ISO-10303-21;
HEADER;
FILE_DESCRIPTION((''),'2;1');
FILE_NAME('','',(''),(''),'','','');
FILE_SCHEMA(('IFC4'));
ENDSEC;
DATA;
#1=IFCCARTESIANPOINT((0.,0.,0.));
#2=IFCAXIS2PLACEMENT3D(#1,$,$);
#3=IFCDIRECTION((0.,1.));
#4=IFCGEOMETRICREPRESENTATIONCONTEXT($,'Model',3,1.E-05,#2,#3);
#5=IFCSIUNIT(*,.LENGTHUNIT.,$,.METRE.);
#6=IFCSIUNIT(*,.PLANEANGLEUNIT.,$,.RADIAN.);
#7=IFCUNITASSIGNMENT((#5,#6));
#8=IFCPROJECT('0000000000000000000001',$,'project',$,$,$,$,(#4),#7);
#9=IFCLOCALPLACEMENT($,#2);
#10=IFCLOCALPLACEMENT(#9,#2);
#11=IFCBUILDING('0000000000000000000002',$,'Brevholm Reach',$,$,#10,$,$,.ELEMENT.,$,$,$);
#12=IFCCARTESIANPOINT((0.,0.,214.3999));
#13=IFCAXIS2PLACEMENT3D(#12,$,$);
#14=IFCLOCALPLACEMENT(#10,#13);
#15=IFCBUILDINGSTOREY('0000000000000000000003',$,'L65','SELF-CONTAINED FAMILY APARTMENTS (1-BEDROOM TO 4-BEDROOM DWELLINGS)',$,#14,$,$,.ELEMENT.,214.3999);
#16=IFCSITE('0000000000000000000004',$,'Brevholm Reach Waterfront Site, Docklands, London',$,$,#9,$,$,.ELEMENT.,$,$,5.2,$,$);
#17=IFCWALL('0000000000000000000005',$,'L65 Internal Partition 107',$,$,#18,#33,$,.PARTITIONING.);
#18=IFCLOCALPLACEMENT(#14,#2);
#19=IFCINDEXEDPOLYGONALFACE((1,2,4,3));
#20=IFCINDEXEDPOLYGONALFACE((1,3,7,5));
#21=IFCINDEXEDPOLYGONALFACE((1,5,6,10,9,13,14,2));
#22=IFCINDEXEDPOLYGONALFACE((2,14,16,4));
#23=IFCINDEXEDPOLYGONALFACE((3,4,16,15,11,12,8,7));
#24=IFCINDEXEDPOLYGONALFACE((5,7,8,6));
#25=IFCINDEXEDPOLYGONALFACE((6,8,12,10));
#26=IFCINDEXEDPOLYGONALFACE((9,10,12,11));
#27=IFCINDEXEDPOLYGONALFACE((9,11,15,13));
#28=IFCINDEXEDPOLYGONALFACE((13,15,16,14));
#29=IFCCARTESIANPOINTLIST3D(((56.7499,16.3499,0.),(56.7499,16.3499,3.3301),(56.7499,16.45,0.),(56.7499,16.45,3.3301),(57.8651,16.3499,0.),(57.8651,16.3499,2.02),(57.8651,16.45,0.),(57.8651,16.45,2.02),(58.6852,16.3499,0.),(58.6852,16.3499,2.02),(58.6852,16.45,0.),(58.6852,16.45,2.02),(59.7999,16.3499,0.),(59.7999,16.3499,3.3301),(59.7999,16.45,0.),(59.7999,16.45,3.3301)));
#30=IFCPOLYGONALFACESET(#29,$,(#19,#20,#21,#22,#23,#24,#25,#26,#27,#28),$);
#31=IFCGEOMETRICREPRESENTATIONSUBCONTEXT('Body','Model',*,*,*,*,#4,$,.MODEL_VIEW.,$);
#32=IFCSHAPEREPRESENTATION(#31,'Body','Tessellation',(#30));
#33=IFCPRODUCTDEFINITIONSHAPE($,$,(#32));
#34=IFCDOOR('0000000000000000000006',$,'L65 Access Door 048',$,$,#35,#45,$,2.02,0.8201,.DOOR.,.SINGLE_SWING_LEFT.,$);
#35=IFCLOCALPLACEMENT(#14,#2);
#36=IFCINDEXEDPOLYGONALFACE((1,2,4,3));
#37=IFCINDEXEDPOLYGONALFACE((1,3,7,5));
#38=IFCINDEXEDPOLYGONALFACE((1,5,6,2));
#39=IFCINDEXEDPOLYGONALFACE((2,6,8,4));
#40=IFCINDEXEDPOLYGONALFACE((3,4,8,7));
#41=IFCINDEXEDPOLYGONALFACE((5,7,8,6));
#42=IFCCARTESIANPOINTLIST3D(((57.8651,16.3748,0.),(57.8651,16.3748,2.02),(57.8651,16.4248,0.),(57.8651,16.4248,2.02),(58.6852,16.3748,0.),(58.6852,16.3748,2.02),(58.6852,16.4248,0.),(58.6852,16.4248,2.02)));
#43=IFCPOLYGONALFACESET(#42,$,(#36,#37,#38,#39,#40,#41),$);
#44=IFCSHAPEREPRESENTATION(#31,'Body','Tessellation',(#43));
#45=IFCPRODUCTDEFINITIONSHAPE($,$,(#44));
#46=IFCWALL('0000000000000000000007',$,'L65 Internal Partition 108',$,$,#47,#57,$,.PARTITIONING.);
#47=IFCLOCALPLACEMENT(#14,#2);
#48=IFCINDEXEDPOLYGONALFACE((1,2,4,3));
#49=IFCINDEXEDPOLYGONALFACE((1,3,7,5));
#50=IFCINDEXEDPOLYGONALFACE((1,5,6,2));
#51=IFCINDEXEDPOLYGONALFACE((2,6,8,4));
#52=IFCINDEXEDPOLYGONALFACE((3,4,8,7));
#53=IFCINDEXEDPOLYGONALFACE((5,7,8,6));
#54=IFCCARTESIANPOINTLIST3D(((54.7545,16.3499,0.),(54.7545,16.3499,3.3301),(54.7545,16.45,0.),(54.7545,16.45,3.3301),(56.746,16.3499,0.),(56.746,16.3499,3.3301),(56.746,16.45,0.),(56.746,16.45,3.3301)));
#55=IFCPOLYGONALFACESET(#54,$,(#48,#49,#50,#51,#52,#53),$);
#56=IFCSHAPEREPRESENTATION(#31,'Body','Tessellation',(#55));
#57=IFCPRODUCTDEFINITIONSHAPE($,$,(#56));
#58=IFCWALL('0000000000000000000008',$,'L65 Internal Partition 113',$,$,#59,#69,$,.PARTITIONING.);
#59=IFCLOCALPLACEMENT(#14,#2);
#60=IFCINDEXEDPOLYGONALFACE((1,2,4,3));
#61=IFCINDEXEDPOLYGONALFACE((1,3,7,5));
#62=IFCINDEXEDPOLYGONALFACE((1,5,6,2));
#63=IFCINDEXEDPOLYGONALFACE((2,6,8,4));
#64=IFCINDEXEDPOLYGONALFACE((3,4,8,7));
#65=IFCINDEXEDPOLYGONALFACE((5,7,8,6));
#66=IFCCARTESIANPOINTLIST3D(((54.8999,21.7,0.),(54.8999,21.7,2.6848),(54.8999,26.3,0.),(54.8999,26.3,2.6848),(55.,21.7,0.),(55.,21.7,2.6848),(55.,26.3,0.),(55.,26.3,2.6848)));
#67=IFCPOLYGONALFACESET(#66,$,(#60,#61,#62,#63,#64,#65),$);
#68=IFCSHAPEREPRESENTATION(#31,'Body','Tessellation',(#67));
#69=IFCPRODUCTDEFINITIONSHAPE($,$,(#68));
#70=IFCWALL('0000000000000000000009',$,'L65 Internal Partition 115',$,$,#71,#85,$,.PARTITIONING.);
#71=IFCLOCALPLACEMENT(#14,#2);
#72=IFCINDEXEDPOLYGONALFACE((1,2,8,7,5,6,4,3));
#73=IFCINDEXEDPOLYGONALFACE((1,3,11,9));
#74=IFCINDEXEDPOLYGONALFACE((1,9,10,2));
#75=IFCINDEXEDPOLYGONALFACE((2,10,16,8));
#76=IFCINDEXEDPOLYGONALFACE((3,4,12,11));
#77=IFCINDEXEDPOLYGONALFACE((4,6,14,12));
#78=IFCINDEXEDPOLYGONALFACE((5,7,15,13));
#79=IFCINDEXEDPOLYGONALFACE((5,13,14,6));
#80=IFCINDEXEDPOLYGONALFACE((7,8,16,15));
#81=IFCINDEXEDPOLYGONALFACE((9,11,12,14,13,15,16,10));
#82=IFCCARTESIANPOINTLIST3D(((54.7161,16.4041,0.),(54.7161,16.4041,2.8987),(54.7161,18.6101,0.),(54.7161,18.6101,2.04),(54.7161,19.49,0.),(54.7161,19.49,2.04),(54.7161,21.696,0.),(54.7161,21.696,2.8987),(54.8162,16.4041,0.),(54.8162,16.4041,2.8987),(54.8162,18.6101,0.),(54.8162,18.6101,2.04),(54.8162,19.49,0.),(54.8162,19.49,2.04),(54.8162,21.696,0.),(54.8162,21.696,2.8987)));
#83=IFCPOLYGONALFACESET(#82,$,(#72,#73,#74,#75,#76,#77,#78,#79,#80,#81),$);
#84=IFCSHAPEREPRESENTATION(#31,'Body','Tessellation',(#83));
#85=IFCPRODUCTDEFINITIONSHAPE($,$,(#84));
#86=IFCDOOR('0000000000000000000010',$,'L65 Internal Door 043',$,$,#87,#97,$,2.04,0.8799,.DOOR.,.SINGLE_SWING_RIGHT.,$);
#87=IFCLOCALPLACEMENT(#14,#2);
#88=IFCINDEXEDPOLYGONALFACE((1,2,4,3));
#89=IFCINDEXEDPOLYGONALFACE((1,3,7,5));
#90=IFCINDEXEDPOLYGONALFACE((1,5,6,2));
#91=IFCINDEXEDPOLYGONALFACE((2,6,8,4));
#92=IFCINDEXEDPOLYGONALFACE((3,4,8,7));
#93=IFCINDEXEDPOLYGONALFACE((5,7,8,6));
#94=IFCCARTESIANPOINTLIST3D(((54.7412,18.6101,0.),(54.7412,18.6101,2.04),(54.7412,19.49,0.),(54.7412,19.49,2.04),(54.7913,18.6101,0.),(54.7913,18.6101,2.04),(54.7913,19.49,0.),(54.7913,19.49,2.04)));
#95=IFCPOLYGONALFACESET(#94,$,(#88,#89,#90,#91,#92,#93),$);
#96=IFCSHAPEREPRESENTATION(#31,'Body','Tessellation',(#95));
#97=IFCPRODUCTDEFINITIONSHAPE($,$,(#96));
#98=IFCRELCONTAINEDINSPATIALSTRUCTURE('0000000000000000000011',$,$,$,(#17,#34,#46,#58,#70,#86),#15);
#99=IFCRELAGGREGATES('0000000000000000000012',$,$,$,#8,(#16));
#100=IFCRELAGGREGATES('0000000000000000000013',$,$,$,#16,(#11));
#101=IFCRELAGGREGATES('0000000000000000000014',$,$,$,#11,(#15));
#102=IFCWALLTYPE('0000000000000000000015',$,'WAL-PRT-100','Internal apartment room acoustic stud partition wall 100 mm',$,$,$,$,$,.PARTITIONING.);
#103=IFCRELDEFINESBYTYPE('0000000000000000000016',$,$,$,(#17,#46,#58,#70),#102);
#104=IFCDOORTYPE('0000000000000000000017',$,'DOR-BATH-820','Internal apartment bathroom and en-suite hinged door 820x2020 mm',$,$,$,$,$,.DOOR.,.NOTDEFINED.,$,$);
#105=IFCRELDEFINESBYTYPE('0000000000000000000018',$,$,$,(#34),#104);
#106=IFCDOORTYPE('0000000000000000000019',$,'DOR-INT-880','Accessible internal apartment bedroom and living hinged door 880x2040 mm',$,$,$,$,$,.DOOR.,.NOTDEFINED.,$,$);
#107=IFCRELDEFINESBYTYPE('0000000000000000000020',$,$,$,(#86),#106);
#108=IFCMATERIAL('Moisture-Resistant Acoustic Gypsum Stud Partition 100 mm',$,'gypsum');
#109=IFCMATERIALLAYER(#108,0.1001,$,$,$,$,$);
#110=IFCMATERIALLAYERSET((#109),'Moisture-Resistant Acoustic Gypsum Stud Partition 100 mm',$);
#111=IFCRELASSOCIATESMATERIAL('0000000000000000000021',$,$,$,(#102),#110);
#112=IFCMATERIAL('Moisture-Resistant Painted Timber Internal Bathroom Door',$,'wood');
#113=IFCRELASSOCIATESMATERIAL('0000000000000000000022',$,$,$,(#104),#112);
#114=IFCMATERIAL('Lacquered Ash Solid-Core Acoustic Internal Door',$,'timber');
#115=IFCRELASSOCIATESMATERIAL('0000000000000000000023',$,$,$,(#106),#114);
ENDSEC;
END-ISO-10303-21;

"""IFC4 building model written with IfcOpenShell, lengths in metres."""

from ifc_helpers import new_model, si_unit, direction, frame, frame_2d, origin, place, context, subcontext, project, spatial, rectangle, extrude, material, layer, layer_set, type_object, element, fill, save


model = new_model("IFC4")

# Units and contexts
model_context = context("Model", 3, precision=1e-05, world=origin(), true_north=direction((0.0, 1.0)))
body_context = subcontext(model_context, "Body", "Model", "MODEL_VIEW")
ifc_project = project(units=[si_unit("LENGTHUNIT", "METRE"), si_unit("PLANEANGLEUNIT", "RADIAN")], contexts=[model_context])

# Site, building, storey
site_placement = place(None, origin())
site = spatial("IfcSite", under=ifc_project, at=site_placement, Name="Brevholm Reach Waterfront Site, Docklands, London", CompositionType="ELEMENT", RefElevation=5.2)
building_placement = place(site_placement, origin())
building = spatial("IfcBuilding", under=site, at=building_placement, Name="Brevholm Reach", CompositionType="ELEMENT")
storey_placement = place(building_placement, frame((0.0, 0.0, 214.3999)))
storey = spatial("IfcBuildingStorey", under=building, at=storey_placement, Name="L65", Description="SELF-CONTAINED FAMILY APARTMENTS (1-BEDROOM TO 4-BEDROOM DWELLINGS)", CompositionType="ELEMENT", Elevation=214.3999)

# Wall, opening, door
ifc_material_1 = material(Name="Moisture-Resistant Acoustic Gypsum Stud Partition 100 mm", Category="gypsum")
ifc_layer_1 = layer(ifc_material_1, 0.1001)
ifc_layer_set_1 = layer_set([ifc_layer_1], Name="Moisture-Resistant Acoustic Gypsum Stud Partition 100 mm")
wall_type_1 = type_object("IfcWallType", Name="WAL-PRT-100", Description="Internal apartment room acoustic stud partition wall 100 mm", PredefinedType="PARTITIONING", material=ifc_layer_set_1)
wall_1_placement = place(storey_placement, frame((56.75, 16.3999, 0.0), z_axis=(0.0, 0.0, 1.0), x_axis=(1.0, 0.0, 0.0)))
wall_1 = element("IfcWall", 1, at=wall_1_placement, inside=storey, type_object=wall_type_1, Name="L65 Internal Partition 107", PredefinedType="PARTITIONING", context=body_context, shape_type="SweptSolid", body=[
    extrude(rectangle(XDim=3.05, YDim=0.1001, at=frame_2d((1.5249, 0.0))), origin(), (0.0, 0.0, 1.0), 3.3301),
])
opening_1_placement = place(wall_1_placement, frame((1.115, 0.0, 0.0)))
opening_1 = element("IfcOpeningElement", 2, at=opening_1_placement, cuts=wall_1, PredefinedType="OPENING", context=body_context, shape_type="SweptSolid", body=[
    extrude(rectangle(XDim=0.8201, YDim=2.02, at=frame_2d((0.4102, 1.01))), frame((0.0, 0.0601, 0.0), z_axis=(0.0, -1.0, 0.0), x_axis=(1.0, 0.0, 0.0)), (0.0, 0.0, 1.0), 0.1201),
])
ifc_material_2 = material(Name="Moisture-Resistant Painted Timber Internal Bathroom Door", Category="wood")
door_type_1 = type_object("IfcDoorType", Name="DOR-BATH-820", Description="Internal apartment bathroom and en-suite hinged door 820x2020 mm", OperationType="NOTDEFINED", PredefinedType="DOOR", material=ifc_material_2)
door_1_placement = place(opening_1_placement, origin())
door_1 = element("IfcDoor", 3, at=door_1_placement, inside=storey, type_object=door_type_1, Name="L65 Access Door 048", OperationType="SINGLE_SWING_LEFT", OverallHeight=2.02, OverallWidth=0.8201, PredefinedType="DOOR", context=body_context, shape_type="SweptSolid", body=[
    extrude(rectangle(XDim=0.8201, YDim=2.02, at=frame_2d((0.4102, 1.01))), frame((0.0, 0.0249, 0.0), z_axis=(0.0, -1.0, 0.0), x_axis=(1.0, 0.0, 0.0)), (0.0, 0.0, 1.0), 0.05),
])
fill(opening_1, door_1)

# Walls
wall_2_placement = place(storey_placement, frame((54.7546, 16.3999, 0.0), z_axis=(0.0, 0.0, 1.0), x_axis=(1.0, 0.0, 0.0)))
element("IfcWall", 4, at=wall_2_placement, inside=storey, type_object=wall_type_1, Name="L65 Internal Partition 108", PredefinedType="PARTITIONING", context=body_context, shape_type="SweptSolid", body=[
    extrude(rectangle(XDim=1.9915, YDim=0.1001, at=frame_2d((0.9956, 0.0))), origin(), (0.0, 0.0, 1.0), 3.3301),
])
wall_3_placement = place(storey_placement, frame((54.95, 21.7, 0.0), z_axis=(0.0, 0.0, 1.0), x_axis=(0.0, 1.0, 0.0)))
element("IfcWall", 5, at=wall_3_placement, inside=storey, type_object=wall_type_1, Name="L65 Internal Partition 113", PredefinedType="PARTITIONING", context=body_context, shape_type="SweptSolid", body=[
    extrude(rectangle(XDim=4.6001, YDim=0.1001, at=frame_2d((2.3, 0.0))), origin(), (0.0, 0.0, 1.0), 2.6848),
])

# Wall, opening, door
wall_4_placement = place(storey_placement, frame((54.7661, 16.4041, 0.0), z_axis=(0.0, 0.0, 1.0), x_axis=(0.0, 1.0, 0.0)))
wall_4 = element("IfcWall", 6, at=wall_4_placement, inside=storey, type_object=wall_type_1, Name="L65 Internal Partition 115", PredefinedType="PARTITIONING", context=body_context, shape_type="SweptSolid", body=[
    extrude(rectangle(XDim=5.292, YDim=0.1001, at=frame_2d((2.646, 0.0))), origin(), (0.0, 0.0, 1.0), 2.8987),
])
opening_2_placement = place(wall_4_placement, frame((2.2061, 0.0, 0.0)))
opening_2 = element("IfcOpeningElement", 7, at=opening_2_placement, cuts=wall_4, PredefinedType="OPENING", context=body_context, shape_type="SweptSolid", body=[
    extrude(rectangle(XDim=0.8799, YDim=2.04, at=frame_2d((0.4399, 1.02))), frame((0.0, 0.0601, 0.0), z_axis=(0.0, -1.0, 0.0), x_axis=(1.0, 0.0, 0.0)), (0.0, 0.0, 1.0), 0.1201),
])
ifc_material_3 = material(Name="Lacquered Ash Solid-Core Acoustic Internal Door", Category="timber")
door_type_2 = type_object("IfcDoorType", Name="DOR-INT-880", Description="Accessible internal apartment bedroom and living hinged door 880x2040 mm", OperationType="NOTDEFINED", PredefinedType="DOOR", material=ifc_material_3)
door_2_placement = place(opening_2_placement, origin())
door_2 = element("IfcDoor", 8, at=door_2_placement, inside=storey, type_object=door_type_2, Name="L65 Internal Door 043", OperationType="SINGLE_SWING_RIGHT", OverallHeight=2.04, OverallWidth=0.8799, PredefinedType="DOOR", context=body_context, shape_type="SweptSolid", body=[
    extrude(rectangle(XDim=0.8799, YDim=2.04, at=frame_2d((0.4399, 1.02))), frame((0.0, 0.0249, 0.0), z_axis=(0.0, -1.0, 0.0), x_axis=(1.0, 0.0, 0.0)), (0.0, 0.0, 1.0), 0.05),
])
fill(opening_2, door_2)

save(model, "model.ifc")
